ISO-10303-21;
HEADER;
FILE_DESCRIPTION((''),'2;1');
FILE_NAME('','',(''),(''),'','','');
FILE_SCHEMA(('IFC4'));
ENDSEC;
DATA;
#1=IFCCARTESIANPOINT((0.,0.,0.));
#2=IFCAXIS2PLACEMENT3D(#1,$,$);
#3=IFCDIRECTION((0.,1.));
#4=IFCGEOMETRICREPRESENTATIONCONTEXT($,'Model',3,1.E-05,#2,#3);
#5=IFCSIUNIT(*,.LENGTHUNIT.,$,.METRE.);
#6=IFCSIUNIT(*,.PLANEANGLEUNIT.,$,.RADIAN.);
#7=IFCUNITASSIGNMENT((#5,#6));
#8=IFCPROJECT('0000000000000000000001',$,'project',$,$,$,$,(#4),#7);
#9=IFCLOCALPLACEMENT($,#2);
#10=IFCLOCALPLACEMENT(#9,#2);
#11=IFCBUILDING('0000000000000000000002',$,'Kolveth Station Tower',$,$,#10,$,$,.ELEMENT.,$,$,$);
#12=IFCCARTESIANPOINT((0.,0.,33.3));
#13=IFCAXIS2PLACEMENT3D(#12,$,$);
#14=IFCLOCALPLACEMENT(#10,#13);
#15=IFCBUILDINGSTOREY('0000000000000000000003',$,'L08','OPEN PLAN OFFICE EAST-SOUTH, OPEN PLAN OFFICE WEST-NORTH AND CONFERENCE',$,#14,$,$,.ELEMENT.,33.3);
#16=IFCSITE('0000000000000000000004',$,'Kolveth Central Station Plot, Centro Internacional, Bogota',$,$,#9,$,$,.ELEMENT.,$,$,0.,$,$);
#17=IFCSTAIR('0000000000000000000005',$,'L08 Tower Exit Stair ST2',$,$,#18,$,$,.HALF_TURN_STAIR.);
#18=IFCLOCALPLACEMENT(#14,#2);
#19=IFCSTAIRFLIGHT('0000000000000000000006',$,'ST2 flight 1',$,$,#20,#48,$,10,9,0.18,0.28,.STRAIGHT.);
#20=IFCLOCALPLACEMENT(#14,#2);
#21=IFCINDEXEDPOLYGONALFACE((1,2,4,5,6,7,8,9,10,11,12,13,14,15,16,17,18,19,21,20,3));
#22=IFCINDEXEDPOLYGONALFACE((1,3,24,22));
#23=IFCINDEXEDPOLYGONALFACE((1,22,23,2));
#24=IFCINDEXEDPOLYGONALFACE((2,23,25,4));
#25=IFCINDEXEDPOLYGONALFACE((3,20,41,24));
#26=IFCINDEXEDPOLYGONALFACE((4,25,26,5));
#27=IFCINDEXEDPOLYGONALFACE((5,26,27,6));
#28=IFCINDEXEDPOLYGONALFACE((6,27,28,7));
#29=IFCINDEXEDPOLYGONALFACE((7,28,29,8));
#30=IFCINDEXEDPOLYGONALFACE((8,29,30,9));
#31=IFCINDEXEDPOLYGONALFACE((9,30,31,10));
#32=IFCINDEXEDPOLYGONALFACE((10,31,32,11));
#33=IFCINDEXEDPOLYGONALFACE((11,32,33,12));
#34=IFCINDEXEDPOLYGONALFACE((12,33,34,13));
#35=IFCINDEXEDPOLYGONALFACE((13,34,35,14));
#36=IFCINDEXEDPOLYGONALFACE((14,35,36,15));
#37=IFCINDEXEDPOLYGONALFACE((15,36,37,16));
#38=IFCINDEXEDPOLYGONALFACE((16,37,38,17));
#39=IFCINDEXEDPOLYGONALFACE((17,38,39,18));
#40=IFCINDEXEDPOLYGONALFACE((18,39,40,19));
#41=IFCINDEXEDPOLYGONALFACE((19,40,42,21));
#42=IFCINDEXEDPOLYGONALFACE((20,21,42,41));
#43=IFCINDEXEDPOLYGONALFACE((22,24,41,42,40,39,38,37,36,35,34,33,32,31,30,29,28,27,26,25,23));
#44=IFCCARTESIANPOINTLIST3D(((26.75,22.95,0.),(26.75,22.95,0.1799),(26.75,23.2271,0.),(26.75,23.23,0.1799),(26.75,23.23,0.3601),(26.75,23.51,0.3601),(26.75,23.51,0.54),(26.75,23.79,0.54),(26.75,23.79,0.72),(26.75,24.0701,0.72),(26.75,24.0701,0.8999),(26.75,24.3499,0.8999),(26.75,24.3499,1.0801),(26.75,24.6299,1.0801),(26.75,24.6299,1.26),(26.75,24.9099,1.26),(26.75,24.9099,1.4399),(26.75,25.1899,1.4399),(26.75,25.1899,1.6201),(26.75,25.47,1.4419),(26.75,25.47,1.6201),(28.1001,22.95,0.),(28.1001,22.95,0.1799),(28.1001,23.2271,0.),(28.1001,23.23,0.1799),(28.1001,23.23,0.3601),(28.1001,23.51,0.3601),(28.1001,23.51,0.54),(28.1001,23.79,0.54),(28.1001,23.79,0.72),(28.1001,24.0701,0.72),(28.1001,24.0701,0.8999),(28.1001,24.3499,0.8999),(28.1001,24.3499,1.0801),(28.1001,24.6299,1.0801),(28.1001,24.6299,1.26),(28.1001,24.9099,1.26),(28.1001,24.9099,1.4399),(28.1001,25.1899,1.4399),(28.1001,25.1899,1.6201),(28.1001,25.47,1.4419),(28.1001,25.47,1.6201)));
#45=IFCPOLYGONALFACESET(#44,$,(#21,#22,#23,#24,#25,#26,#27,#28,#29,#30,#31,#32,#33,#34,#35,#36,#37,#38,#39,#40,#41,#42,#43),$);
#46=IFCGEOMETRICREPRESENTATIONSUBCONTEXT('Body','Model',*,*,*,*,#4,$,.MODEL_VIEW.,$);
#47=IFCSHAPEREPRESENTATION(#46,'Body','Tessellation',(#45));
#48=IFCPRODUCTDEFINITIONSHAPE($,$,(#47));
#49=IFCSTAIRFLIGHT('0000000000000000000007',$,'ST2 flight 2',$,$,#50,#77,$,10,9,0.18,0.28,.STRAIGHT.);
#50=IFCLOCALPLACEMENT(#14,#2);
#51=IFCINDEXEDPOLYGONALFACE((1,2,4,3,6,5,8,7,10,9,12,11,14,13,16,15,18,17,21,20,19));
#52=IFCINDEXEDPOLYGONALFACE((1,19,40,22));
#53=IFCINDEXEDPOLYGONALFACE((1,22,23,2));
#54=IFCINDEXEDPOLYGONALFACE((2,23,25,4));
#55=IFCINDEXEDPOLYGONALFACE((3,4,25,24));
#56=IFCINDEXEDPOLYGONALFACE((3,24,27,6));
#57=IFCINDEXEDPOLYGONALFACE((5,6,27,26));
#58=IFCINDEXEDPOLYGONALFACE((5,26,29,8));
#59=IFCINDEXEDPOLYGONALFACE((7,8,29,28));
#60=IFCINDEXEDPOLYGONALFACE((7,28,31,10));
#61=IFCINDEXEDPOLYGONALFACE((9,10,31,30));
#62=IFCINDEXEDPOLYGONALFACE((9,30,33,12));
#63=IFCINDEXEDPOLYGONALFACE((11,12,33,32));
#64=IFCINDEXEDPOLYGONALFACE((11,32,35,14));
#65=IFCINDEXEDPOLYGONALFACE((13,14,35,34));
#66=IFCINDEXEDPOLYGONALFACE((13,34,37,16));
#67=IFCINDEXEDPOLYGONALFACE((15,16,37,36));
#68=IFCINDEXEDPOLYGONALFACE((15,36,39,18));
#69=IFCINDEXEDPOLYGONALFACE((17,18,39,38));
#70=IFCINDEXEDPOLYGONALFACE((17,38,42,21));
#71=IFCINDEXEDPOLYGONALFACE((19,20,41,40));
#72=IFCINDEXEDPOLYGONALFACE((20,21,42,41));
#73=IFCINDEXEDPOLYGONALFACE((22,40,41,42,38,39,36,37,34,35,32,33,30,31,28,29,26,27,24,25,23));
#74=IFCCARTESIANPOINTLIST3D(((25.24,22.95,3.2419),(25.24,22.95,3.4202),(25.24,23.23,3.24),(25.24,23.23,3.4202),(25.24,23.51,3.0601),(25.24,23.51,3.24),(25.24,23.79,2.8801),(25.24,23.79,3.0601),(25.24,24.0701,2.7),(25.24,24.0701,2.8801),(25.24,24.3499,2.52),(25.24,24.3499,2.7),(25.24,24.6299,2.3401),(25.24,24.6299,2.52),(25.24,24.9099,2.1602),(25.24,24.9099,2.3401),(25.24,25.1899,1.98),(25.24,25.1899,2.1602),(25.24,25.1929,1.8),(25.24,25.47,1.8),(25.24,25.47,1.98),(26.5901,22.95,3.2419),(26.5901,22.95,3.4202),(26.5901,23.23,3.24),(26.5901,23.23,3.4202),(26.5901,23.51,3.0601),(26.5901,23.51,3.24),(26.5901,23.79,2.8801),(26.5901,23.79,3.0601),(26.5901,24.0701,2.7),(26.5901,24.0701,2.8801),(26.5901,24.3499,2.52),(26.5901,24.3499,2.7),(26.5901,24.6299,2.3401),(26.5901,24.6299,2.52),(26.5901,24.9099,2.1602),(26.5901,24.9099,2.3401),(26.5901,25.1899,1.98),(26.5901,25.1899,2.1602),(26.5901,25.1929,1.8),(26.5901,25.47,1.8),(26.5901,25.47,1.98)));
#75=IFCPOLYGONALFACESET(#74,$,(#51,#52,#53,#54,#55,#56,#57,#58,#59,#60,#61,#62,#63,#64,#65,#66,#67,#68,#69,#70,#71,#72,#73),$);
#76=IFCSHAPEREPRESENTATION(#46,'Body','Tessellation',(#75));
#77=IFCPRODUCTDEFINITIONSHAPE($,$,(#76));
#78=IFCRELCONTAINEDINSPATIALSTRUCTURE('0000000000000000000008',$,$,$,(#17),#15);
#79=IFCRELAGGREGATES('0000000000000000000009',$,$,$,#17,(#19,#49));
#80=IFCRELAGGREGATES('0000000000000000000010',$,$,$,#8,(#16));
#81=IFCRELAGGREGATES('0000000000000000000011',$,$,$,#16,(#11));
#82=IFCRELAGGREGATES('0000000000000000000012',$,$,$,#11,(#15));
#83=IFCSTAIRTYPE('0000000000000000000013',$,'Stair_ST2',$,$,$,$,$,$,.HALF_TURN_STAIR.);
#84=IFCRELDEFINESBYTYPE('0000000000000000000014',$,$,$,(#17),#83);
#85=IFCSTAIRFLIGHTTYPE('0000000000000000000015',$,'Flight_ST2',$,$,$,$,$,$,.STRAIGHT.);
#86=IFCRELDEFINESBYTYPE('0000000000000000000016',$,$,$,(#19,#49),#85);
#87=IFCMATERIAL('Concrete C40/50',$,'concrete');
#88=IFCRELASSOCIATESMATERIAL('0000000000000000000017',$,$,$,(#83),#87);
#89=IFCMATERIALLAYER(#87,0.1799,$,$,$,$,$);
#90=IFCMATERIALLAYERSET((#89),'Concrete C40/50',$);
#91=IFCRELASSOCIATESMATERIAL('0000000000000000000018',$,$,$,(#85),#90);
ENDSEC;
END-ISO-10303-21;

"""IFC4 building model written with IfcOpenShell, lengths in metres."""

from ifc_helpers import new_model, si_unit, direction, frame, origin, place, context, subcontext, project, spatial, polyline, outline, extrude, material, layer, layer_set, type_object, element, aggregate, save


model = new_model("IFC4")

# Units and contexts
model_context = context("Model", 3, precision=1e-05, world=origin(), true_north=direction((0.0, 1.0)))
body_context = subcontext(model_context, "Body", "Model", "MODEL_VIEW")
ifc_project = project(units=[si_unit("LENGTHUNIT", "METRE"), si_unit("PLANEANGLEUNIT", "RADIAN")], contexts=[model_context])

# Site, building, storey
site_placement = place(None, origin())
site = spatial("IfcSite", under=ifc_project, at=site_placement, Name="Kolveth Central Station Plot, Centro Internacional, Bogota", CompositionType="ELEMENT", RefElevation=0.0)
building_placement = place(site_placement, origin())
building = spatial("IfcBuilding", under=site, at=building_placement, Name="Kolveth Station Tower", CompositionType="ELEMENT")
storey_placement = place(building_placement, frame((0.0, 0.0, 33.3)))
storey = spatial("IfcBuildingStorey", under=building, at=storey_placement, Name="L08", Description="OPEN PLAN OFFICE EAST-SOUTH, OPEN PLAN OFFICE WEST-NORTH AND CONFERENCE", CompositionType="ELEMENT", Elevation=33.3)

# Shared definitions
ifc_material_1 = material(Name="Concrete C40/50", Category="concrete")

# Stair, stair flights
stair_type = type_object("IfcStairType", Name="Stair_ST2", PredefinedType="HALF_TURN_STAIR", material=ifc_material_1)
stair_placement = place(storey_placement, origin())
stair = element("IfcStair", 1, at=stair_placement, inside=storey, type_object=stair_type, Name="L08 Tower Exit Stair ST2", PredefinedType="HALF_TURN_STAIR")
ifc_layer_1 = layer(ifc_material_1, 0.1799)
ifc_layer_set_1 = layer_set([ifc_layer_1], Name="Concrete C40/50")
stair_flight_type = type_object("IfcStairFlightType", Name="Flight_ST2", PredefinedType="STRAIGHT", material=ifc_layer_set_1)
stair_flight_1_placement = place(storey_placement, frame((27.425, 22.95, 0.0), z_axis=(0.0, 0.0, 1.0), x_axis=(0.0, 1.0, 0.0)))
stair_flight_1 = element("IfcStairFlight", 2, at=stair_flight_1_placement, type_object=stair_flight_type, Name="ST2 flight 1", NumberOfRisers=10, NumberOfTreads=9, PredefinedType="STRAIGHT", RiserHeight=0.18, TreadLength=0.28, context=body_context, shape_type="SweptSolid", body=[
    extrude(outline(polyline([(0.0, 0.0), (0.0, 0.1799), (0.28, 0.1799), (0.28, 0.3601), (0.5601, 0.3601), (0.5601, 0.54), (0.8401, 0.54), (0.8401, 0.72), (1.1201, 0.72), (1.1201, 0.8999), (1.3999, 0.8999), (1.3999, 1.0801), (1.6799, 1.0801), (1.6799, 1.26), (1.96, 1.26), (1.96, 1.4399), (2.24, 1.4399), (2.24, 1.6201), (2.52, 1.6201), (2.52, 1.8), (2.52, 1.4419), (0.2771, 0.0), (0.0, 0.0)])), frame((0.0, 0.675, 0.0), z_axis=(0.0, -1.0, 0.0), x_axis=(1.0, 0.0, 0.0)), (0.0, 0.0, 1.0), 1.3501),
])
stair_flight_2_placement = place(storey_placement, frame((25.915, 25.47, 1.8), z_axis=(0.0, 0.0, 1.0), x_axis=(0.0, -1.0, 0.0)))
stair_flight_2 = element("IfcStairFlight", 3, at=stair_flight_2_placement, type_object=stair_flight_type, Name="ST2 flight 2", NumberOfRisers=10, NumberOfTreads=9, PredefinedType="STRAIGHT", RiserHeight=0.18, TreadLength=0.28, context=body_context, shape_type="SweptSolid", body=[
    extrude(outline(polyline([(0.0, 0.0), (0.0, 0.1799), (0.28, 0.1799), (0.28, 0.3601), (0.5601, 0.3601), (0.5601, 0.54), (0.8401, 0.54), (0.8401, 0.72), (1.1201, 0.72), (1.1201, 0.8999), (1.3999, 0.8999), (1.3999, 1.0801), (1.6799, 1.0801), (1.6799, 1.26), (1.96, 1.26), (1.96, 1.4399), (2.24, 1.4399), (2.24, 1.6201), (2.52, 1.6201), (2.52, 1.8), (2.52, 1.4419), (0.2771, 0.0), (0.0, 0.0)])), frame((0.0, 0.675, 0.0), z_axis=(0.0, -1.0, 0.0), x_axis=(1.0, 0.0, 0.0)), (0.0, 0.0, 1.0), 1.3501),
])
aggregate(stair, [stair_flight_1, stair_flight_2])

save(model, "model.ifc")
